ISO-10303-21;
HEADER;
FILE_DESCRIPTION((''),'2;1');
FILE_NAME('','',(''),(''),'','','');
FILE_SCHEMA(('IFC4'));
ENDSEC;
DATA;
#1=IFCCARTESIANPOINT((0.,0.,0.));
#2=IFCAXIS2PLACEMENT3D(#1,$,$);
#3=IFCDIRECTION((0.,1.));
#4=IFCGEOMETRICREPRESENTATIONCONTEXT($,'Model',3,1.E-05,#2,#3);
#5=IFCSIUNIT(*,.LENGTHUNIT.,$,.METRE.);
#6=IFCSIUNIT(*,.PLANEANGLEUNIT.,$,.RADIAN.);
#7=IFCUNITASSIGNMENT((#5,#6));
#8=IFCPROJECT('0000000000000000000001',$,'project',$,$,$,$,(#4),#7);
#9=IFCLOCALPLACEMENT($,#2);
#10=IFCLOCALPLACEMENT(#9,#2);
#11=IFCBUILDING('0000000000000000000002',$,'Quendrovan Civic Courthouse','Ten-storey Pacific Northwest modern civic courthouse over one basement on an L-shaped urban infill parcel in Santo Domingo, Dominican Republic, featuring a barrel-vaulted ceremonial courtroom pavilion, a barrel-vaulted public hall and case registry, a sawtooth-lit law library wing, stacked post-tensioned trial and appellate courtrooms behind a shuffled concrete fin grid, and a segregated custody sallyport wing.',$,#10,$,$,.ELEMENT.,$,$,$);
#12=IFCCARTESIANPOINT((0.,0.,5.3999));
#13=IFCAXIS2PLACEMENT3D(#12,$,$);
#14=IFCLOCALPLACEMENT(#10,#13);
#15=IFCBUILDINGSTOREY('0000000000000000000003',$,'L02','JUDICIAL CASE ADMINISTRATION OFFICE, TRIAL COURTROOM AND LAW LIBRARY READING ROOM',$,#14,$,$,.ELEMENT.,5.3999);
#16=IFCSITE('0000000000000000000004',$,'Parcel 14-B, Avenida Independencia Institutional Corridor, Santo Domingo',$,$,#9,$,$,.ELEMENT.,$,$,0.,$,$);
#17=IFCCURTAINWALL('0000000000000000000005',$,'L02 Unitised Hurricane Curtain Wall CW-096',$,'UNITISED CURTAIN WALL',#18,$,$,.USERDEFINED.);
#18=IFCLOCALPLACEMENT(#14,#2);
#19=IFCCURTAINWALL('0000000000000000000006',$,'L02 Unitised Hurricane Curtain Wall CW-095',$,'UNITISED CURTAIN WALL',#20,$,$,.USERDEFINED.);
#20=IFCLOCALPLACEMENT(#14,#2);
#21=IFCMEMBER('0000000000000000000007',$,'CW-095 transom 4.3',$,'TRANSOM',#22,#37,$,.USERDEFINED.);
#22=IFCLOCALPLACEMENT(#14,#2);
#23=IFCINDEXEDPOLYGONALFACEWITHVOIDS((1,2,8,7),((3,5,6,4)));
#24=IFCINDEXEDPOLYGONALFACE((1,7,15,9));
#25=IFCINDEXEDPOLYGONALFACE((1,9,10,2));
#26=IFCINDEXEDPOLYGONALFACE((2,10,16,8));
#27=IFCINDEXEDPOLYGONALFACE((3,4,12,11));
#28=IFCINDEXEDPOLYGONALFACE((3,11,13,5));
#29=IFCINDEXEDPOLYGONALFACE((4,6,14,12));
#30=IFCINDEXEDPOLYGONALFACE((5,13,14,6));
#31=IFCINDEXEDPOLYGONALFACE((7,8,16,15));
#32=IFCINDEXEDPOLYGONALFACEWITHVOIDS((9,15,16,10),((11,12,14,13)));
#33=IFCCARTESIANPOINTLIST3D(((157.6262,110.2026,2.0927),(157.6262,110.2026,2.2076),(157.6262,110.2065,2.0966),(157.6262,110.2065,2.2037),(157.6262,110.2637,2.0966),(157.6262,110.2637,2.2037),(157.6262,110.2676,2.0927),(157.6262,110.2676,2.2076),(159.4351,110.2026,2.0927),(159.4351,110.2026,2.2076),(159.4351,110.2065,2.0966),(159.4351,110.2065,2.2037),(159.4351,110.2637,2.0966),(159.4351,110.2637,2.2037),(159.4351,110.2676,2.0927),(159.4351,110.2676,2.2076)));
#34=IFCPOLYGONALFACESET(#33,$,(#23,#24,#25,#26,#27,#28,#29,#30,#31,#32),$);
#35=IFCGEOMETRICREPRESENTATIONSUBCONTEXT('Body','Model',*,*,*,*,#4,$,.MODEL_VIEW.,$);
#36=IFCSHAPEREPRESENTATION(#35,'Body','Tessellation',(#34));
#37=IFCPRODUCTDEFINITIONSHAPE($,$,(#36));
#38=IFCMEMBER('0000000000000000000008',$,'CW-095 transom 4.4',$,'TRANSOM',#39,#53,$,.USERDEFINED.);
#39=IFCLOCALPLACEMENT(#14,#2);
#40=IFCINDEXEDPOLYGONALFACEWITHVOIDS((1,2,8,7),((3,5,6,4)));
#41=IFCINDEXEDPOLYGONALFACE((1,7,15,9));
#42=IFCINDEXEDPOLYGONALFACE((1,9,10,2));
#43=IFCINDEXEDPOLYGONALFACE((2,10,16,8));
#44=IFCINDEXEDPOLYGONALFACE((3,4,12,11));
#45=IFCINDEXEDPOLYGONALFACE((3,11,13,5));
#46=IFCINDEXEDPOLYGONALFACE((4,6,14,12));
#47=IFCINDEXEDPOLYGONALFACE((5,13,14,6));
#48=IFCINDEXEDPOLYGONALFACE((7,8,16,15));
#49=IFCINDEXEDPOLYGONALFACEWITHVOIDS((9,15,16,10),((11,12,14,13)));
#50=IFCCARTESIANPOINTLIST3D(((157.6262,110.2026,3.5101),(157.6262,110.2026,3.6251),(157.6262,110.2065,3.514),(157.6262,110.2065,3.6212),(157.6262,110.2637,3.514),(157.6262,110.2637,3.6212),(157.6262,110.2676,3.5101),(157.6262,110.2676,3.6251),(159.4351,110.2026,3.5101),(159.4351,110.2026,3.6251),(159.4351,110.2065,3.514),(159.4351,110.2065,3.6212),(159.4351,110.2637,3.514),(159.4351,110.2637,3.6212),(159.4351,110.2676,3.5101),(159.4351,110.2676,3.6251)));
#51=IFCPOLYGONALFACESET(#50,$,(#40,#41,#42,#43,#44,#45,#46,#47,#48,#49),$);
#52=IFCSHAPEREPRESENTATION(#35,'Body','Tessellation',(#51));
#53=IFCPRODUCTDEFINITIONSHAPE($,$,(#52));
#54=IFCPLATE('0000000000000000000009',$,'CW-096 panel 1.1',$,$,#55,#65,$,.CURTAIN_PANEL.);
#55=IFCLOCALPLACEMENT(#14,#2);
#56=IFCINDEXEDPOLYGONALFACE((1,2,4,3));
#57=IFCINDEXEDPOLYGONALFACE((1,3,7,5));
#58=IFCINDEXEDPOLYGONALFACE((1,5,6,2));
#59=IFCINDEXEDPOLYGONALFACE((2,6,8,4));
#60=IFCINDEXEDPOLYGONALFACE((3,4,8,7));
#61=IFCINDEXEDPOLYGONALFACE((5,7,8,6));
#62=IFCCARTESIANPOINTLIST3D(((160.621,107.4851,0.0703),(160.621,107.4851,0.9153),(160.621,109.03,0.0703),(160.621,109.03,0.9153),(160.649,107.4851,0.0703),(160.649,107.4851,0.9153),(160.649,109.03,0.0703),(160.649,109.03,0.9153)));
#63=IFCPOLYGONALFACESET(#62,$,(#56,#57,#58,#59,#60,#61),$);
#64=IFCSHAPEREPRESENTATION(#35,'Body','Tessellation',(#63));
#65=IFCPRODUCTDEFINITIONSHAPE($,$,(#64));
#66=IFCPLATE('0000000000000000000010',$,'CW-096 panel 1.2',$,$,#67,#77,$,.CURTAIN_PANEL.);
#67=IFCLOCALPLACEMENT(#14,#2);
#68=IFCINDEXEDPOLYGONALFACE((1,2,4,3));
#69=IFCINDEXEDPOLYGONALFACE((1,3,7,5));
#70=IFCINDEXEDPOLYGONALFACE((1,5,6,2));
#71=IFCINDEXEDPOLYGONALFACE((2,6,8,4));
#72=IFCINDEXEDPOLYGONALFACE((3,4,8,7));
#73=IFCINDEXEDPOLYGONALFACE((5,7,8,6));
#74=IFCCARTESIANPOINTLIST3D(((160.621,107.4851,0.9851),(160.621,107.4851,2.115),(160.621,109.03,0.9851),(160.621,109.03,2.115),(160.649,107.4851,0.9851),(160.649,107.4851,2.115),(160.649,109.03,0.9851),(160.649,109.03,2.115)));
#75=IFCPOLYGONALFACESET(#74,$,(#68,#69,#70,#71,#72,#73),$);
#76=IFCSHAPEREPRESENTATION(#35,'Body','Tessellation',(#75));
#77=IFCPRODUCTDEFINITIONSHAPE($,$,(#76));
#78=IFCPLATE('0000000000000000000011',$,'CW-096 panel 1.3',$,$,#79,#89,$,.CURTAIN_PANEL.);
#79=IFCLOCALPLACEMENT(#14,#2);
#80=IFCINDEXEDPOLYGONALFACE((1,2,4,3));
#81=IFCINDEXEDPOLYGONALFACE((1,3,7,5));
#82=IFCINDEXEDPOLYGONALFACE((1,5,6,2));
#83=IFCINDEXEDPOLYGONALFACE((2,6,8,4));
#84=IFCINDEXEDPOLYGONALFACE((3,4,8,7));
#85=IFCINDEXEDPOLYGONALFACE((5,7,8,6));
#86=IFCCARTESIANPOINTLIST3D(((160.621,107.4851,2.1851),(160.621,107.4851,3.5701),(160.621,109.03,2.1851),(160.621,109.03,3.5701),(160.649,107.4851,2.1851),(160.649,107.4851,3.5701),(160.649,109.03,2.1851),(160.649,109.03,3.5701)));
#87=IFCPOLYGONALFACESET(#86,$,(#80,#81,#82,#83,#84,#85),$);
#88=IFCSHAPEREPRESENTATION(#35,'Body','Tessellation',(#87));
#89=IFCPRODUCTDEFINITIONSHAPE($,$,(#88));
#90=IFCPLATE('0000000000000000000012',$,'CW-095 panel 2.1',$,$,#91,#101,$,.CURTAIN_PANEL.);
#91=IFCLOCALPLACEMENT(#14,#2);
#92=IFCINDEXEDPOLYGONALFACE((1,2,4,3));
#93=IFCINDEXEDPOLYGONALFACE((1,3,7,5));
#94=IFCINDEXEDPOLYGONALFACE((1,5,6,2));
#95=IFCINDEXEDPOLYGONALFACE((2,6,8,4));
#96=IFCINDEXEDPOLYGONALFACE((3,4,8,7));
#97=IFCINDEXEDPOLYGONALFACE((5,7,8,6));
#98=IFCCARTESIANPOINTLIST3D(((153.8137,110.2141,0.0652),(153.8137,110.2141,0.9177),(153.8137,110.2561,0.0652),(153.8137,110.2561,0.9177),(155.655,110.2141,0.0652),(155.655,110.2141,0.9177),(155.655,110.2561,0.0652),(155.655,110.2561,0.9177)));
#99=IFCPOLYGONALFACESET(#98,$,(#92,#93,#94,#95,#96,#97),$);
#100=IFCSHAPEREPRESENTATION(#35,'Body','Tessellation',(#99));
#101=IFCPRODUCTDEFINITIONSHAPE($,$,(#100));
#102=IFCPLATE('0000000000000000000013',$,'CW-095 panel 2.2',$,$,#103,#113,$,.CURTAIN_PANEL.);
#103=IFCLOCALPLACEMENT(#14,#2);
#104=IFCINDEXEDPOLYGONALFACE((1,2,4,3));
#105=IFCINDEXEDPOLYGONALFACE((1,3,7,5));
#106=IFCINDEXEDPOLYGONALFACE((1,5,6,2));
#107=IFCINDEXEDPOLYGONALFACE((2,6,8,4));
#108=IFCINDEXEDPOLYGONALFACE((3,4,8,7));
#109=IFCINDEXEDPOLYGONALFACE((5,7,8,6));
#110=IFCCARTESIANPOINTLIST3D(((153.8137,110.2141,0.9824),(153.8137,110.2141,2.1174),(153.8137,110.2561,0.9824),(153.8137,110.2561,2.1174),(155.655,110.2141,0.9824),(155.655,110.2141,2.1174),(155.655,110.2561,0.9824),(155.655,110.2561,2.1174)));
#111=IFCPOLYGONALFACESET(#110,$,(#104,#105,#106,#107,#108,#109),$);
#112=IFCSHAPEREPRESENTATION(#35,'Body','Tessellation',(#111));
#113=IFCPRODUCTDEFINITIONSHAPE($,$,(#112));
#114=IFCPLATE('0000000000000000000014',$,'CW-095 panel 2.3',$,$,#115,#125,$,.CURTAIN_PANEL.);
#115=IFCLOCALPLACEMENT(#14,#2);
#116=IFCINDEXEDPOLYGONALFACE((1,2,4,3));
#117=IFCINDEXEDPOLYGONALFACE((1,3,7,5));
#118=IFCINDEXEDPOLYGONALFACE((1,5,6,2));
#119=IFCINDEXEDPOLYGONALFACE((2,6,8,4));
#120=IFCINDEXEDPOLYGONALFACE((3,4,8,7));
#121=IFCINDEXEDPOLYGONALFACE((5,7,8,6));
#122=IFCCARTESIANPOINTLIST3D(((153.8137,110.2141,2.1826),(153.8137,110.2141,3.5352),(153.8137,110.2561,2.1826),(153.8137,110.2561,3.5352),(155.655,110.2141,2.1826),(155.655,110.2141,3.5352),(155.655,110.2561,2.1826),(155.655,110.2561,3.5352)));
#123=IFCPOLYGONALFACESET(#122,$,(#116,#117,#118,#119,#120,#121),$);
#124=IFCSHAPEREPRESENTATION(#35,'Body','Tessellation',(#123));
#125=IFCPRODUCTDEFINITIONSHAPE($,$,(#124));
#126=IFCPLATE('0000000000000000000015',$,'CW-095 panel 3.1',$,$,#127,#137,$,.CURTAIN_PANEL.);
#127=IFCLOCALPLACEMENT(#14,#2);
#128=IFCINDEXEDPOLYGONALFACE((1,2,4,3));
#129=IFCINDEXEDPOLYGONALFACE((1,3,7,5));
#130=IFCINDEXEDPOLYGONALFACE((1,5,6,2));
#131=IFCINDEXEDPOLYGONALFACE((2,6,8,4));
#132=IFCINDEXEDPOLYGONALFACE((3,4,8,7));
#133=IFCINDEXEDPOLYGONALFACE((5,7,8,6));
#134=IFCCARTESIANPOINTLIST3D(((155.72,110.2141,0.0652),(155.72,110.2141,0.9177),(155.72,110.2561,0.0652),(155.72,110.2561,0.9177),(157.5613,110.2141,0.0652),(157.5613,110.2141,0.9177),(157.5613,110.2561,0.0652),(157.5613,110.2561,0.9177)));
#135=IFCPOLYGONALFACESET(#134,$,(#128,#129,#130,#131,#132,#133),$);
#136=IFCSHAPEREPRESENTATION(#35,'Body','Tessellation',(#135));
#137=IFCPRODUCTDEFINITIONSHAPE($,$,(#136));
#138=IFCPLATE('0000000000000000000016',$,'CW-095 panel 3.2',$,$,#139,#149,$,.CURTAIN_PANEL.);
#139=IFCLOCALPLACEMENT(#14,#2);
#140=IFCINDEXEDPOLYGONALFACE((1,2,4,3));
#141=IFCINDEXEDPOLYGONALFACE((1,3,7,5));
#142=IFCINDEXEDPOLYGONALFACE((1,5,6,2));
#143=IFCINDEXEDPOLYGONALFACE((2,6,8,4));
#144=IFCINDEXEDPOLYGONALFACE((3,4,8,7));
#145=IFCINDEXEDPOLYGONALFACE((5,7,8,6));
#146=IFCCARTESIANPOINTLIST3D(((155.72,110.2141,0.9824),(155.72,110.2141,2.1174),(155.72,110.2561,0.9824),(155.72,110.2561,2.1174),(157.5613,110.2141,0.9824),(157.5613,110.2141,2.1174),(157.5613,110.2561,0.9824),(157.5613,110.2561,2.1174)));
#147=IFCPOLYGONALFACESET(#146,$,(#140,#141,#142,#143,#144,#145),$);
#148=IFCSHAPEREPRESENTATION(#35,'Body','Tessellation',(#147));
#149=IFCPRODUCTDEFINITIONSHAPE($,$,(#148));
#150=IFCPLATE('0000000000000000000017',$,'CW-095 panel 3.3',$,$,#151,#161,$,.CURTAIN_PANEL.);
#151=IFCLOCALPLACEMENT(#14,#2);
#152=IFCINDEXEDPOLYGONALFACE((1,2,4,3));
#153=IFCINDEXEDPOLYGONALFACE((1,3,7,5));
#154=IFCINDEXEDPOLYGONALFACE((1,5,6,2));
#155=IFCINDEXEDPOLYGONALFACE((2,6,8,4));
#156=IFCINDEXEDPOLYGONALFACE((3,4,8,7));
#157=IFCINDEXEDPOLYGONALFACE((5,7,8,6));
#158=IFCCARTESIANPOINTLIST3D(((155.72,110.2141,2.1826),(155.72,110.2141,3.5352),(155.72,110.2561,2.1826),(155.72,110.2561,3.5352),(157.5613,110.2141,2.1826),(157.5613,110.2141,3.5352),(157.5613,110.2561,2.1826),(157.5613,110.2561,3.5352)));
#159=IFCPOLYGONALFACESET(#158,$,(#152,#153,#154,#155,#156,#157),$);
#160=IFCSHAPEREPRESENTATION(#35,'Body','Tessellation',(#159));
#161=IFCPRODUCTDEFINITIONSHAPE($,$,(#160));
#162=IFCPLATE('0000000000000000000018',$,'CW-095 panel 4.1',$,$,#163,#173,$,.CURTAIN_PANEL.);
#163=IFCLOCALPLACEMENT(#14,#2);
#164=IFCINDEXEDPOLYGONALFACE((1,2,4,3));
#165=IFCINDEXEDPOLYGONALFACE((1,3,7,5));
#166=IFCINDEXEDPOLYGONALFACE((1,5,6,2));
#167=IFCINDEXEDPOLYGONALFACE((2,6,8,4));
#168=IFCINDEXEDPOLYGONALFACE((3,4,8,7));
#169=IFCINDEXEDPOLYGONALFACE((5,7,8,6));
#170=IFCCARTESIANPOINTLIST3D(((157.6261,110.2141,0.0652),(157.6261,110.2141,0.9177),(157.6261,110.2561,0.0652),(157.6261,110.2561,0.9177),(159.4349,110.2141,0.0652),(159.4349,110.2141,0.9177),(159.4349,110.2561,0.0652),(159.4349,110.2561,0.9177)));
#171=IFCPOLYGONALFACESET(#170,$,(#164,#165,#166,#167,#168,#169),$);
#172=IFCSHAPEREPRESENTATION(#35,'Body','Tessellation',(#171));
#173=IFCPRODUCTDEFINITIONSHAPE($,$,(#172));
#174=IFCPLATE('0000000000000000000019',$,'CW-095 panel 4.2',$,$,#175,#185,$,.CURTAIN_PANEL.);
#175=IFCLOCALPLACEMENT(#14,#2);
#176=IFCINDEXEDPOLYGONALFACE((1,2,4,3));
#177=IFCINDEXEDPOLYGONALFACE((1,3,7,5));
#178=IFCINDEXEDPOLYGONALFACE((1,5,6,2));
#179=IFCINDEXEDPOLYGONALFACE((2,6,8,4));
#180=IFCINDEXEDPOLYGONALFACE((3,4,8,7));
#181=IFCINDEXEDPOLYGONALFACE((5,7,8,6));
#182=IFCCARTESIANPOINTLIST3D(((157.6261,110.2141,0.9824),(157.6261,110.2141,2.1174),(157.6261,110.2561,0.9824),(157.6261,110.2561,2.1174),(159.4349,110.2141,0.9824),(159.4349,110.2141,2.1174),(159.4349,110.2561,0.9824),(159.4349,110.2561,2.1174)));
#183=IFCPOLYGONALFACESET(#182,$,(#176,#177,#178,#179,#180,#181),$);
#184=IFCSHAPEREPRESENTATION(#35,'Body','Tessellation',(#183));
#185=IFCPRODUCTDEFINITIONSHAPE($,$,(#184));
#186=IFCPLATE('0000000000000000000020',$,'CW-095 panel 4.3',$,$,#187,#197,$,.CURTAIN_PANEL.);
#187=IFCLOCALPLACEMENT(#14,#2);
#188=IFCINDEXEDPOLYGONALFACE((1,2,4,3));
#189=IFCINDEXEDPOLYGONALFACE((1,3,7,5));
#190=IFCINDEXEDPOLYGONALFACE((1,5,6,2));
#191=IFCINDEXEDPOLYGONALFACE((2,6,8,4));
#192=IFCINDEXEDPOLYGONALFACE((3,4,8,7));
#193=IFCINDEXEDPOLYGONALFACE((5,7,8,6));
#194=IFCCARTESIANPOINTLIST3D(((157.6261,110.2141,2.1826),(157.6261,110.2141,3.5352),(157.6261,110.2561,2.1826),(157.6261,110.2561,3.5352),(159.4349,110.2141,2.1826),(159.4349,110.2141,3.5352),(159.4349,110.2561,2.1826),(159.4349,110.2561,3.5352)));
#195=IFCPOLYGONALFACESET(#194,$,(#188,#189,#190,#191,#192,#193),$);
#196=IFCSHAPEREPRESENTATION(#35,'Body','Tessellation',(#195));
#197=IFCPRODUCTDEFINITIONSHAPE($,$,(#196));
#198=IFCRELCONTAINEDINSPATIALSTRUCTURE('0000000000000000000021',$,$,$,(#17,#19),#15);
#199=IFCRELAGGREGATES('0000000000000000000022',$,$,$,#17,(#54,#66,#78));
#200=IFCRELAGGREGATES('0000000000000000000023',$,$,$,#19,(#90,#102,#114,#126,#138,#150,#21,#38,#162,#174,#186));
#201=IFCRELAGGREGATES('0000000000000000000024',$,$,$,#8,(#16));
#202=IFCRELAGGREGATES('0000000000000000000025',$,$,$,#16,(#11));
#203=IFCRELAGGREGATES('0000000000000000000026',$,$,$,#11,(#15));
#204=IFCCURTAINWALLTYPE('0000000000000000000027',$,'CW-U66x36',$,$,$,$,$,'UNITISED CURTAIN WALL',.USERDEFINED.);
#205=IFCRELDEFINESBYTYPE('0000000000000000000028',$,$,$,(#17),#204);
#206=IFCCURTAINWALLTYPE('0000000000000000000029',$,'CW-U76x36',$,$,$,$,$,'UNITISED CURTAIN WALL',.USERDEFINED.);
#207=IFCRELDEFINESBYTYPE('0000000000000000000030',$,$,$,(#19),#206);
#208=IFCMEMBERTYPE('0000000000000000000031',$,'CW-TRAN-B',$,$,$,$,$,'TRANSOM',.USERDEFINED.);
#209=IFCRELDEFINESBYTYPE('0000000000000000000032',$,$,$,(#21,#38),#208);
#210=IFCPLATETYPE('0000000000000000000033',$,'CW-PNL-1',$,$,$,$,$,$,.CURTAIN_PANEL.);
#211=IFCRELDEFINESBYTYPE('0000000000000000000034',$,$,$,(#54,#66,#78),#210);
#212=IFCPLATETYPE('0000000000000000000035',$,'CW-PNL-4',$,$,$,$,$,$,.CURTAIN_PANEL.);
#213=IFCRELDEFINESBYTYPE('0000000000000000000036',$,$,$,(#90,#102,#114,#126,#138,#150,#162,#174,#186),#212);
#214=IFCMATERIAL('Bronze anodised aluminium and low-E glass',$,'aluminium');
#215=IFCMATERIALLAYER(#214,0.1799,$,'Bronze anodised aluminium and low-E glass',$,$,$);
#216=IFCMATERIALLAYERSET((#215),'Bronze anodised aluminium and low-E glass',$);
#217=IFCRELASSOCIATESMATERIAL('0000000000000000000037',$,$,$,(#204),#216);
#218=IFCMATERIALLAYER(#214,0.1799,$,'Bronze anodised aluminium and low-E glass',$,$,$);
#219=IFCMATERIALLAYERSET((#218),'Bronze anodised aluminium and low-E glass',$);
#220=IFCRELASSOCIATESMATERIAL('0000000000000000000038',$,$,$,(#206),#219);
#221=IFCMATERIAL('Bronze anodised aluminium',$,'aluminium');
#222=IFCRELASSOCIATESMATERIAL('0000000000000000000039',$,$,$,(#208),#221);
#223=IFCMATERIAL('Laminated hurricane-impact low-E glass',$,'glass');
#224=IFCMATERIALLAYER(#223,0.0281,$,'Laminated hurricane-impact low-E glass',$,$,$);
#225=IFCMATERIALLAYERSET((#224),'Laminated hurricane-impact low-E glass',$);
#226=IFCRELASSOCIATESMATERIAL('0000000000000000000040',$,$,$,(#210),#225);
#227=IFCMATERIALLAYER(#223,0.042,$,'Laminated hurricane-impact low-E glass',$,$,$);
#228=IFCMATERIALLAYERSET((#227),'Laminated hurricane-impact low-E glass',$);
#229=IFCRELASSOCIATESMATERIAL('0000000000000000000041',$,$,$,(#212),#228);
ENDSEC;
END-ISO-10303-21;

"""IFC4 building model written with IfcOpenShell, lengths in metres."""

from ifc_helpers import new_model, si_unit, direction, frame, origin, origin_2d, place, context, subcontext, project, spatial, rectangle, hollow_rectangle, extrude, material, layer, layer_set, material_profile, profile_set, type_object, element, aggregate, save


model = new_model("IFC4")

# Units and contexts
model_context = context("Model", 3, precision=1e-05, world=origin(), true_north=direction((0.0, 1.0)))
body_context = subcontext(model_context, "Body", "Model", "MODEL_VIEW")
ifc_project = project(units=[si_unit("LENGTHUNIT", "METRE"), si_unit("PLANEANGLEUNIT", "RADIAN")], contexts=[model_context])

# Site, building, storey
site_placement = place(None, origin())
site = spatial("IfcSite", under=ifc_project, at=site_placement, Name="Parcel 14-B, Avenida Independencia Institutional Corridor, Santo Domingo", CompositionType="ELEMENT", RefElevation=0.0)
building_placement = place(site_placement, origin())
building = spatial("IfcBuilding", under=site, at=building_placement, Name="Quendrovan Civic Courthouse", Description="Ten-storey Pacific Northwest modern civic courthouse over one basement on an L-shaped urban infill parcel in Santo Domingo, Dominican Republic, featuring a barrel-vaulted ceremonial courtroom pavilion, a barrel-vaulted public hall and case registry, a sawtooth-lit law library wing, stacked post-tensioned trial and appellate courtrooms behind a shuffled concrete fin grid, and a segregated custody sallyport wing.", CompositionType="ELEMENT")
storey_placement = place(building_placement, frame((0.0, 0.0, 5.3999)))
storey = spatial("IfcBuildingStorey", under=building, at=storey_placement, Name="L02", Description="JUDICIAL CASE ADMINISTRATION OFFICE, TRIAL COURTROOM AND LAW LIBRARY READING ROOM", CompositionType="ELEMENT", Elevation=5.3999)

# Curtain walls
ifc_material_1 = material(Name="Bronze anodised aluminium and low-E glass", Category="aluminium")
ifc_layer_1 = layer(ifc_material_1, 0.1799, Name="Bronze anodised aluminium and low-E glass")
ifc_layer_set_1 = layer_set([ifc_layer_1], Name="Bronze anodised aluminium and low-E glass")
curtain_wall_type_1 = type_object("IfcCurtainWallType", Name="CW-U66x36", ElementType="UNITISED CURTAIN WALL", PredefinedType="USERDEFINED", material=ifc_layer_set_1)
curtain_wall_1_placement = place(storey_placement, origin())
curtain_wall_1 = element("IfcCurtainWall", 1, at=curtain_wall_1_placement, inside=storey, type_object=curtain_wall_type_1, Name="L02 Unitised Hurricane Curtain Wall CW-096", ObjectType="UNITISED CURTAIN WALL", PredefinedType="USERDEFINED")
ifc_material_2 = material(Name="Bronze anodised aluminium", Category="aluminium")
ifc_layer_2 = layer(ifc_material_1, 0.1799, Name="Bronze anodised aluminium and low-E glass")
ifc_layer_set_2 = layer_set([ifc_layer_2], Name="Bronze anodised aluminium and low-E glass")
curtain_wall_type_2 = type_object("IfcCurtainWallType", Name="CW-U76x36", ElementType="UNITISED CURTAIN WALL", PredefinedType="USERDEFINED", material=ifc_layer_set_2)
curtain_wall_2_placement = place(storey_placement, origin())
curtain_wall_2 = element("IfcCurtainWall", 2, at=curtain_wall_2_placement, inside=storey, type_object=curtain_wall_type_2, Name="L02 Unitised Hurricane Curtain Wall CW-095", ObjectType="UNITISED CURTAIN WALL", PredefinedType="USERDEFINED")

# Members
ifc_material_profile_1 = material_profile(ifc_material_2, hollow_rectangle(XDim=0.0649, YDim=0.115, WallThickness=0.0039, at=origin_2d()), Name="CW-TRAN-65x115")
ifc_profile_set_1 = profile_set([ifc_material_profile_1], Name="Bronze anodised aluminium")
member_type_1 = type_object("IfcMemberType", Name="CW-TRAN-B", ElementType="TRANSOM", PredefinedType="USERDEFINED", material=ifc_profile_set_1)
member_1_placement = place(storey_placement, frame((157.6262, 110.2351, 2.1501), z_axis=(1.0, 0.0, 0.0), x_axis=(0.0, 1.0, 0.0)))
member_1 = element("IfcMember", 3, at=member_1_placement, type_object=member_type_1, Name="CW-095 transom 4.3", ObjectType="TRANSOM", PredefinedType="USERDEFINED", context=body_context, shape_type="SweptSolid", body=[
    extrude(hollow_rectangle(XDim=0.0649, YDim=0.115, WallThickness=0.0039, at=origin_2d()), origin(), (0.0, 0.0, 1.0), 1.8088),
])
member_2_placement = place(storey_placement, frame((157.6262, 110.2351, 3.5676), z_axis=(1.0, 0.0, 0.0), x_axis=(0.0, 1.0, 0.0)))
member_2 = element("IfcMember", 4, at=member_2_placement, type_object=member_type_1, Name="CW-095 transom 4.4", ObjectType="TRANSOM", PredefinedType="USERDEFINED", context=body_context, shape_type="SweptSolid", body=[
    extrude(hollow_rectangle(XDim=0.0649, YDim=0.115, WallThickness=0.0039, at=origin_2d()), origin(), (0.0, 0.0, 1.0), 1.8088),
])

# Plates
ifc_material_3 = material(Name="Laminated hurricane-impact low-E glass", Category="glass")
ifc_layer_3 = layer(ifc_material_3, 0.0281, Name="Laminated hurricane-impact low-E glass")
ifc_layer_set_3 = layer_set([ifc_layer_3], Name="Laminated hurricane-impact low-E glass")
plate_type_1 = type_object("IfcPlateType", Name="CW-PNL-1", PredefinedType="CURTAIN_PANEL", material=ifc_layer_set_3)
plate_1_placement = place(storey_placement, frame((160.635, 108.2576, 0.0703), z_axis=(0.0, 0.0, 1.0), x_axis=(0.0, -1.0, 0.0)))
plate_1 = element("IfcPlate", 5, at=plate_1_placement, type_object=plate_type_1, Name="CW-096 panel 1.1", PredefinedType="CURTAIN_PANEL", context=body_context, shape_type="SweptSolid", body=[
    extrude(rectangle(XDim=1.5449, YDim=0.0281, at=origin_2d()), origin(), (0.0, 0.0, 1.0), 0.845),
])
plate_2_placement = place(storey_placement, frame((160.635, 108.2576, 0.9851), z_axis=(0.0, 0.0, 1.0), x_axis=(0.0, -1.0, 0.0)))
plate_2 = element("IfcPlate", 6, at=plate_2_placement, type_object=plate_type_1, Name="CW-096 panel 1.2", PredefinedType="CURTAIN_PANEL", context=body_context, shape_type="SweptSolid", body=[
    extrude(rectangle(XDim=1.5449, YDim=0.0281, at=origin_2d()), origin(), (0.0, 0.0, 1.0), 1.1299),
])
plate_3_placement = place(storey_placement, frame((160.635, 108.2576, 2.1851), z_axis=(0.0, 0.0, 1.0), x_axis=(0.0, -1.0, 0.0)))
plate_3 = element("IfcPlate", 7, at=plate_3_placement, type_object=plate_type_1, Name="CW-096 panel 1.3", PredefinedType="CURTAIN_PANEL", context=body_context, shape_type="SweptSolid", body=[
    extrude(rectangle(XDim=1.5449, YDim=0.0281, at=origin_2d()), origin(), (0.0, 0.0, 1.0), 1.385),
])
aggregate(curtain_wall_1, [plate_1, plate_2, plate_3])
ifc_layer_4 = layer(ifc_material_3, 0.042, Name="Laminated hurricane-impact low-E glass")
ifc_layer_set_4 = layer_set([ifc_layer_4], Name="Laminated hurricane-impact low-E glass")
plate_type_2 = type_object("IfcPlateType", Name="CW-PNL-4", PredefinedType="CURTAIN_PANEL", material=ifc_layer_set_4)
plate_4_placement = place(storey_placement, frame((154.7344, 110.2351, 0.0652), z_axis=(0.0, 0.0, 1.0), x_axis=(1.0, 0.0, 0.0)))
plate_4 = element("IfcPlate", 8, at=plate_4_placement, type_object=plate_type_2, Name="CW-095 panel 2.1", PredefinedType="CURTAIN_PANEL", context=body_context, shape_type="SweptSolid", body=[
    extrude(rectangle(XDim=1.8413, YDim=0.042, at=origin_2d()), origin(), (0.0, 0.0, 1.0), 0.8525),
])
plate_5_placement = place(storey_placement, frame((154.7344, 110.2351, 0.9824), z_axis=(0.0, 0.0, 1.0), x_axis=(1.0, 0.0, 0.0)))
plate_5 = element("IfcPlate", 9, at=plate_5_placement, type_object=plate_type_2, Name="CW-095 panel 2.2", PredefinedType="CURTAIN_PANEL", context=body_context, shape_type="SweptSolid", body=[
    extrude(rectangle(XDim=1.8413, YDim=0.042, at=origin_2d()), origin(), (0.0, 0.0, 1.0), 1.135),
])
plate_6_placement = place(storey_placement, frame((154.7344, 110.2351, 2.1826), z_axis=(0.0, 0.0, 1.0), x_axis=(1.0, 0.0, 0.0)))
plate_6 = element("IfcPlate", 10, at=plate_6_placement, type_object=plate_type_2, Name="CW-095 panel 2.3", PredefinedType="CURTAIN_PANEL", context=body_context, shape_type="SweptSolid", body=[
    extrude(rectangle(XDim=1.8413, YDim=0.042, at=origin_2d()), origin(), (0.0, 0.0, 1.0), 1.3525),
])
plate_7_placement = place(storey_placement, frame((156.6406, 110.2351, 0.0652), z_axis=(0.0, 0.0, 1.0), x_axis=(1.0, 0.0, 0.0)))
plate_7 = element("IfcPlate", 11, at=plate_7_placement, type_object=plate_type_2, Name="CW-095 panel 3.1", PredefinedType="CURTAIN_PANEL", context=body_context, shape_type="SweptSolid", body=[
    extrude(rectangle(XDim=1.8413, YDim=0.042, at=origin_2d()), origin(), (0.0, 0.0, 1.0), 0.8525),
])
plate_8_placement = place(storey_placement, frame((156.6406, 110.2351, 0.9824), z_axis=(0.0, 0.0, 1.0), x_axis=(1.0, 0.0, 0.0)))
plate_8 = element("IfcPlate", 12, at=plate_8_placement, type_object=plate_type_2, Name="CW-095 panel 3.2", PredefinedType="CURTAIN_PANEL", context=body_context, shape_type="SweptSolid", body=[
    extrude(rectangle(XDim=1.8413, YDim=0.042, at=origin_2d()), origin(), (0.0, 0.0, 1.0), 1.135),
])
plate_9_placement = place(storey_placement, frame((156.6406, 110.2351, 2.1826), z_axis=(0.0, 0.0, 1.0), x_axis=(1.0, 0.0, 0.0)))
plate_9 = element("IfcPlate", 13, at=plate_9_placement, type_object=plate_type_2, Name="CW-095 panel 3.3", PredefinedType="CURTAIN_PANEL", context=body_context, shape_type="SweptSolid", body=[
    extrude(rectangle(XDim=1.8413, YDim=0.042, at=origin_2d()), origin(), (0.0, 0.0, 1.0), 1.3525),
])
plate_10_placement = place(storey_placement, frame((158.5305, 110.2351, 0.0652), z_axis=(0.0, 0.0, 1.0), x_axis=(1.0, 0.0, 0.0)))
plate_10 = element("IfcPlate", 14, at=plate_10_placement, type_object=plate_type_2, Name="CW-095 panel 4.1", PredefinedType="CURTAIN_PANEL", context=body_context, shape_type="SweptSolid", body=[
    extrude(rectangle(XDim=1.8088, YDim=0.042, at=origin_2d()), origin(), (0.0, 0.0, 1.0), 0.8525),
])
plate_11_placement = place(storey_placement, frame((158.5305, 110.2351, 0.9824), z_axis=(0.0, 0.0, 1.0), x_axis=(1.0, 0.0, 0.0)))
plate_11 = element("IfcPlate", 15, at=plate_11_placement, type_object=plate_type_2, Name="CW-095 panel 4.2", PredefinedType="CURTAIN_PANEL", context=body_context, shape_type="SweptSolid", body=[
    extrude(rectangle(XDim=1.8088, YDim=0.042, at=origin_2d()), origin(), (0.0, 0.0, 1.0), 1.135),
])
plate_12_placement = place(storey_placement, frame((158.5305, 110.2351, 2.1826), z_axis=(0.0, 0.0, 1.0), x_axis=(1.0, 0.0, 0.0)))
plate_12 = element("IfcPlate", 16, at=plate_12_placement, type_object=plate_type_2, Name="CW-095 panel 4.3", PredefinedType="CURTAIN_PANEL", context=body_context, shape_type="SweptSolid", body=[
    extrude(rectangle(XDim=1.8088, YDim=0.042, at=origin_2d()), origin(), (0.0, 0.0, 1.0), 1.3525),
])
aggregate(curtain_wall_2, [plate_4, plate_5, plate_6, plate_7, plate_8, plate_9, member_1, member_2, plate_10, plate_11, plate_12])

save(model, "model.ifc")
